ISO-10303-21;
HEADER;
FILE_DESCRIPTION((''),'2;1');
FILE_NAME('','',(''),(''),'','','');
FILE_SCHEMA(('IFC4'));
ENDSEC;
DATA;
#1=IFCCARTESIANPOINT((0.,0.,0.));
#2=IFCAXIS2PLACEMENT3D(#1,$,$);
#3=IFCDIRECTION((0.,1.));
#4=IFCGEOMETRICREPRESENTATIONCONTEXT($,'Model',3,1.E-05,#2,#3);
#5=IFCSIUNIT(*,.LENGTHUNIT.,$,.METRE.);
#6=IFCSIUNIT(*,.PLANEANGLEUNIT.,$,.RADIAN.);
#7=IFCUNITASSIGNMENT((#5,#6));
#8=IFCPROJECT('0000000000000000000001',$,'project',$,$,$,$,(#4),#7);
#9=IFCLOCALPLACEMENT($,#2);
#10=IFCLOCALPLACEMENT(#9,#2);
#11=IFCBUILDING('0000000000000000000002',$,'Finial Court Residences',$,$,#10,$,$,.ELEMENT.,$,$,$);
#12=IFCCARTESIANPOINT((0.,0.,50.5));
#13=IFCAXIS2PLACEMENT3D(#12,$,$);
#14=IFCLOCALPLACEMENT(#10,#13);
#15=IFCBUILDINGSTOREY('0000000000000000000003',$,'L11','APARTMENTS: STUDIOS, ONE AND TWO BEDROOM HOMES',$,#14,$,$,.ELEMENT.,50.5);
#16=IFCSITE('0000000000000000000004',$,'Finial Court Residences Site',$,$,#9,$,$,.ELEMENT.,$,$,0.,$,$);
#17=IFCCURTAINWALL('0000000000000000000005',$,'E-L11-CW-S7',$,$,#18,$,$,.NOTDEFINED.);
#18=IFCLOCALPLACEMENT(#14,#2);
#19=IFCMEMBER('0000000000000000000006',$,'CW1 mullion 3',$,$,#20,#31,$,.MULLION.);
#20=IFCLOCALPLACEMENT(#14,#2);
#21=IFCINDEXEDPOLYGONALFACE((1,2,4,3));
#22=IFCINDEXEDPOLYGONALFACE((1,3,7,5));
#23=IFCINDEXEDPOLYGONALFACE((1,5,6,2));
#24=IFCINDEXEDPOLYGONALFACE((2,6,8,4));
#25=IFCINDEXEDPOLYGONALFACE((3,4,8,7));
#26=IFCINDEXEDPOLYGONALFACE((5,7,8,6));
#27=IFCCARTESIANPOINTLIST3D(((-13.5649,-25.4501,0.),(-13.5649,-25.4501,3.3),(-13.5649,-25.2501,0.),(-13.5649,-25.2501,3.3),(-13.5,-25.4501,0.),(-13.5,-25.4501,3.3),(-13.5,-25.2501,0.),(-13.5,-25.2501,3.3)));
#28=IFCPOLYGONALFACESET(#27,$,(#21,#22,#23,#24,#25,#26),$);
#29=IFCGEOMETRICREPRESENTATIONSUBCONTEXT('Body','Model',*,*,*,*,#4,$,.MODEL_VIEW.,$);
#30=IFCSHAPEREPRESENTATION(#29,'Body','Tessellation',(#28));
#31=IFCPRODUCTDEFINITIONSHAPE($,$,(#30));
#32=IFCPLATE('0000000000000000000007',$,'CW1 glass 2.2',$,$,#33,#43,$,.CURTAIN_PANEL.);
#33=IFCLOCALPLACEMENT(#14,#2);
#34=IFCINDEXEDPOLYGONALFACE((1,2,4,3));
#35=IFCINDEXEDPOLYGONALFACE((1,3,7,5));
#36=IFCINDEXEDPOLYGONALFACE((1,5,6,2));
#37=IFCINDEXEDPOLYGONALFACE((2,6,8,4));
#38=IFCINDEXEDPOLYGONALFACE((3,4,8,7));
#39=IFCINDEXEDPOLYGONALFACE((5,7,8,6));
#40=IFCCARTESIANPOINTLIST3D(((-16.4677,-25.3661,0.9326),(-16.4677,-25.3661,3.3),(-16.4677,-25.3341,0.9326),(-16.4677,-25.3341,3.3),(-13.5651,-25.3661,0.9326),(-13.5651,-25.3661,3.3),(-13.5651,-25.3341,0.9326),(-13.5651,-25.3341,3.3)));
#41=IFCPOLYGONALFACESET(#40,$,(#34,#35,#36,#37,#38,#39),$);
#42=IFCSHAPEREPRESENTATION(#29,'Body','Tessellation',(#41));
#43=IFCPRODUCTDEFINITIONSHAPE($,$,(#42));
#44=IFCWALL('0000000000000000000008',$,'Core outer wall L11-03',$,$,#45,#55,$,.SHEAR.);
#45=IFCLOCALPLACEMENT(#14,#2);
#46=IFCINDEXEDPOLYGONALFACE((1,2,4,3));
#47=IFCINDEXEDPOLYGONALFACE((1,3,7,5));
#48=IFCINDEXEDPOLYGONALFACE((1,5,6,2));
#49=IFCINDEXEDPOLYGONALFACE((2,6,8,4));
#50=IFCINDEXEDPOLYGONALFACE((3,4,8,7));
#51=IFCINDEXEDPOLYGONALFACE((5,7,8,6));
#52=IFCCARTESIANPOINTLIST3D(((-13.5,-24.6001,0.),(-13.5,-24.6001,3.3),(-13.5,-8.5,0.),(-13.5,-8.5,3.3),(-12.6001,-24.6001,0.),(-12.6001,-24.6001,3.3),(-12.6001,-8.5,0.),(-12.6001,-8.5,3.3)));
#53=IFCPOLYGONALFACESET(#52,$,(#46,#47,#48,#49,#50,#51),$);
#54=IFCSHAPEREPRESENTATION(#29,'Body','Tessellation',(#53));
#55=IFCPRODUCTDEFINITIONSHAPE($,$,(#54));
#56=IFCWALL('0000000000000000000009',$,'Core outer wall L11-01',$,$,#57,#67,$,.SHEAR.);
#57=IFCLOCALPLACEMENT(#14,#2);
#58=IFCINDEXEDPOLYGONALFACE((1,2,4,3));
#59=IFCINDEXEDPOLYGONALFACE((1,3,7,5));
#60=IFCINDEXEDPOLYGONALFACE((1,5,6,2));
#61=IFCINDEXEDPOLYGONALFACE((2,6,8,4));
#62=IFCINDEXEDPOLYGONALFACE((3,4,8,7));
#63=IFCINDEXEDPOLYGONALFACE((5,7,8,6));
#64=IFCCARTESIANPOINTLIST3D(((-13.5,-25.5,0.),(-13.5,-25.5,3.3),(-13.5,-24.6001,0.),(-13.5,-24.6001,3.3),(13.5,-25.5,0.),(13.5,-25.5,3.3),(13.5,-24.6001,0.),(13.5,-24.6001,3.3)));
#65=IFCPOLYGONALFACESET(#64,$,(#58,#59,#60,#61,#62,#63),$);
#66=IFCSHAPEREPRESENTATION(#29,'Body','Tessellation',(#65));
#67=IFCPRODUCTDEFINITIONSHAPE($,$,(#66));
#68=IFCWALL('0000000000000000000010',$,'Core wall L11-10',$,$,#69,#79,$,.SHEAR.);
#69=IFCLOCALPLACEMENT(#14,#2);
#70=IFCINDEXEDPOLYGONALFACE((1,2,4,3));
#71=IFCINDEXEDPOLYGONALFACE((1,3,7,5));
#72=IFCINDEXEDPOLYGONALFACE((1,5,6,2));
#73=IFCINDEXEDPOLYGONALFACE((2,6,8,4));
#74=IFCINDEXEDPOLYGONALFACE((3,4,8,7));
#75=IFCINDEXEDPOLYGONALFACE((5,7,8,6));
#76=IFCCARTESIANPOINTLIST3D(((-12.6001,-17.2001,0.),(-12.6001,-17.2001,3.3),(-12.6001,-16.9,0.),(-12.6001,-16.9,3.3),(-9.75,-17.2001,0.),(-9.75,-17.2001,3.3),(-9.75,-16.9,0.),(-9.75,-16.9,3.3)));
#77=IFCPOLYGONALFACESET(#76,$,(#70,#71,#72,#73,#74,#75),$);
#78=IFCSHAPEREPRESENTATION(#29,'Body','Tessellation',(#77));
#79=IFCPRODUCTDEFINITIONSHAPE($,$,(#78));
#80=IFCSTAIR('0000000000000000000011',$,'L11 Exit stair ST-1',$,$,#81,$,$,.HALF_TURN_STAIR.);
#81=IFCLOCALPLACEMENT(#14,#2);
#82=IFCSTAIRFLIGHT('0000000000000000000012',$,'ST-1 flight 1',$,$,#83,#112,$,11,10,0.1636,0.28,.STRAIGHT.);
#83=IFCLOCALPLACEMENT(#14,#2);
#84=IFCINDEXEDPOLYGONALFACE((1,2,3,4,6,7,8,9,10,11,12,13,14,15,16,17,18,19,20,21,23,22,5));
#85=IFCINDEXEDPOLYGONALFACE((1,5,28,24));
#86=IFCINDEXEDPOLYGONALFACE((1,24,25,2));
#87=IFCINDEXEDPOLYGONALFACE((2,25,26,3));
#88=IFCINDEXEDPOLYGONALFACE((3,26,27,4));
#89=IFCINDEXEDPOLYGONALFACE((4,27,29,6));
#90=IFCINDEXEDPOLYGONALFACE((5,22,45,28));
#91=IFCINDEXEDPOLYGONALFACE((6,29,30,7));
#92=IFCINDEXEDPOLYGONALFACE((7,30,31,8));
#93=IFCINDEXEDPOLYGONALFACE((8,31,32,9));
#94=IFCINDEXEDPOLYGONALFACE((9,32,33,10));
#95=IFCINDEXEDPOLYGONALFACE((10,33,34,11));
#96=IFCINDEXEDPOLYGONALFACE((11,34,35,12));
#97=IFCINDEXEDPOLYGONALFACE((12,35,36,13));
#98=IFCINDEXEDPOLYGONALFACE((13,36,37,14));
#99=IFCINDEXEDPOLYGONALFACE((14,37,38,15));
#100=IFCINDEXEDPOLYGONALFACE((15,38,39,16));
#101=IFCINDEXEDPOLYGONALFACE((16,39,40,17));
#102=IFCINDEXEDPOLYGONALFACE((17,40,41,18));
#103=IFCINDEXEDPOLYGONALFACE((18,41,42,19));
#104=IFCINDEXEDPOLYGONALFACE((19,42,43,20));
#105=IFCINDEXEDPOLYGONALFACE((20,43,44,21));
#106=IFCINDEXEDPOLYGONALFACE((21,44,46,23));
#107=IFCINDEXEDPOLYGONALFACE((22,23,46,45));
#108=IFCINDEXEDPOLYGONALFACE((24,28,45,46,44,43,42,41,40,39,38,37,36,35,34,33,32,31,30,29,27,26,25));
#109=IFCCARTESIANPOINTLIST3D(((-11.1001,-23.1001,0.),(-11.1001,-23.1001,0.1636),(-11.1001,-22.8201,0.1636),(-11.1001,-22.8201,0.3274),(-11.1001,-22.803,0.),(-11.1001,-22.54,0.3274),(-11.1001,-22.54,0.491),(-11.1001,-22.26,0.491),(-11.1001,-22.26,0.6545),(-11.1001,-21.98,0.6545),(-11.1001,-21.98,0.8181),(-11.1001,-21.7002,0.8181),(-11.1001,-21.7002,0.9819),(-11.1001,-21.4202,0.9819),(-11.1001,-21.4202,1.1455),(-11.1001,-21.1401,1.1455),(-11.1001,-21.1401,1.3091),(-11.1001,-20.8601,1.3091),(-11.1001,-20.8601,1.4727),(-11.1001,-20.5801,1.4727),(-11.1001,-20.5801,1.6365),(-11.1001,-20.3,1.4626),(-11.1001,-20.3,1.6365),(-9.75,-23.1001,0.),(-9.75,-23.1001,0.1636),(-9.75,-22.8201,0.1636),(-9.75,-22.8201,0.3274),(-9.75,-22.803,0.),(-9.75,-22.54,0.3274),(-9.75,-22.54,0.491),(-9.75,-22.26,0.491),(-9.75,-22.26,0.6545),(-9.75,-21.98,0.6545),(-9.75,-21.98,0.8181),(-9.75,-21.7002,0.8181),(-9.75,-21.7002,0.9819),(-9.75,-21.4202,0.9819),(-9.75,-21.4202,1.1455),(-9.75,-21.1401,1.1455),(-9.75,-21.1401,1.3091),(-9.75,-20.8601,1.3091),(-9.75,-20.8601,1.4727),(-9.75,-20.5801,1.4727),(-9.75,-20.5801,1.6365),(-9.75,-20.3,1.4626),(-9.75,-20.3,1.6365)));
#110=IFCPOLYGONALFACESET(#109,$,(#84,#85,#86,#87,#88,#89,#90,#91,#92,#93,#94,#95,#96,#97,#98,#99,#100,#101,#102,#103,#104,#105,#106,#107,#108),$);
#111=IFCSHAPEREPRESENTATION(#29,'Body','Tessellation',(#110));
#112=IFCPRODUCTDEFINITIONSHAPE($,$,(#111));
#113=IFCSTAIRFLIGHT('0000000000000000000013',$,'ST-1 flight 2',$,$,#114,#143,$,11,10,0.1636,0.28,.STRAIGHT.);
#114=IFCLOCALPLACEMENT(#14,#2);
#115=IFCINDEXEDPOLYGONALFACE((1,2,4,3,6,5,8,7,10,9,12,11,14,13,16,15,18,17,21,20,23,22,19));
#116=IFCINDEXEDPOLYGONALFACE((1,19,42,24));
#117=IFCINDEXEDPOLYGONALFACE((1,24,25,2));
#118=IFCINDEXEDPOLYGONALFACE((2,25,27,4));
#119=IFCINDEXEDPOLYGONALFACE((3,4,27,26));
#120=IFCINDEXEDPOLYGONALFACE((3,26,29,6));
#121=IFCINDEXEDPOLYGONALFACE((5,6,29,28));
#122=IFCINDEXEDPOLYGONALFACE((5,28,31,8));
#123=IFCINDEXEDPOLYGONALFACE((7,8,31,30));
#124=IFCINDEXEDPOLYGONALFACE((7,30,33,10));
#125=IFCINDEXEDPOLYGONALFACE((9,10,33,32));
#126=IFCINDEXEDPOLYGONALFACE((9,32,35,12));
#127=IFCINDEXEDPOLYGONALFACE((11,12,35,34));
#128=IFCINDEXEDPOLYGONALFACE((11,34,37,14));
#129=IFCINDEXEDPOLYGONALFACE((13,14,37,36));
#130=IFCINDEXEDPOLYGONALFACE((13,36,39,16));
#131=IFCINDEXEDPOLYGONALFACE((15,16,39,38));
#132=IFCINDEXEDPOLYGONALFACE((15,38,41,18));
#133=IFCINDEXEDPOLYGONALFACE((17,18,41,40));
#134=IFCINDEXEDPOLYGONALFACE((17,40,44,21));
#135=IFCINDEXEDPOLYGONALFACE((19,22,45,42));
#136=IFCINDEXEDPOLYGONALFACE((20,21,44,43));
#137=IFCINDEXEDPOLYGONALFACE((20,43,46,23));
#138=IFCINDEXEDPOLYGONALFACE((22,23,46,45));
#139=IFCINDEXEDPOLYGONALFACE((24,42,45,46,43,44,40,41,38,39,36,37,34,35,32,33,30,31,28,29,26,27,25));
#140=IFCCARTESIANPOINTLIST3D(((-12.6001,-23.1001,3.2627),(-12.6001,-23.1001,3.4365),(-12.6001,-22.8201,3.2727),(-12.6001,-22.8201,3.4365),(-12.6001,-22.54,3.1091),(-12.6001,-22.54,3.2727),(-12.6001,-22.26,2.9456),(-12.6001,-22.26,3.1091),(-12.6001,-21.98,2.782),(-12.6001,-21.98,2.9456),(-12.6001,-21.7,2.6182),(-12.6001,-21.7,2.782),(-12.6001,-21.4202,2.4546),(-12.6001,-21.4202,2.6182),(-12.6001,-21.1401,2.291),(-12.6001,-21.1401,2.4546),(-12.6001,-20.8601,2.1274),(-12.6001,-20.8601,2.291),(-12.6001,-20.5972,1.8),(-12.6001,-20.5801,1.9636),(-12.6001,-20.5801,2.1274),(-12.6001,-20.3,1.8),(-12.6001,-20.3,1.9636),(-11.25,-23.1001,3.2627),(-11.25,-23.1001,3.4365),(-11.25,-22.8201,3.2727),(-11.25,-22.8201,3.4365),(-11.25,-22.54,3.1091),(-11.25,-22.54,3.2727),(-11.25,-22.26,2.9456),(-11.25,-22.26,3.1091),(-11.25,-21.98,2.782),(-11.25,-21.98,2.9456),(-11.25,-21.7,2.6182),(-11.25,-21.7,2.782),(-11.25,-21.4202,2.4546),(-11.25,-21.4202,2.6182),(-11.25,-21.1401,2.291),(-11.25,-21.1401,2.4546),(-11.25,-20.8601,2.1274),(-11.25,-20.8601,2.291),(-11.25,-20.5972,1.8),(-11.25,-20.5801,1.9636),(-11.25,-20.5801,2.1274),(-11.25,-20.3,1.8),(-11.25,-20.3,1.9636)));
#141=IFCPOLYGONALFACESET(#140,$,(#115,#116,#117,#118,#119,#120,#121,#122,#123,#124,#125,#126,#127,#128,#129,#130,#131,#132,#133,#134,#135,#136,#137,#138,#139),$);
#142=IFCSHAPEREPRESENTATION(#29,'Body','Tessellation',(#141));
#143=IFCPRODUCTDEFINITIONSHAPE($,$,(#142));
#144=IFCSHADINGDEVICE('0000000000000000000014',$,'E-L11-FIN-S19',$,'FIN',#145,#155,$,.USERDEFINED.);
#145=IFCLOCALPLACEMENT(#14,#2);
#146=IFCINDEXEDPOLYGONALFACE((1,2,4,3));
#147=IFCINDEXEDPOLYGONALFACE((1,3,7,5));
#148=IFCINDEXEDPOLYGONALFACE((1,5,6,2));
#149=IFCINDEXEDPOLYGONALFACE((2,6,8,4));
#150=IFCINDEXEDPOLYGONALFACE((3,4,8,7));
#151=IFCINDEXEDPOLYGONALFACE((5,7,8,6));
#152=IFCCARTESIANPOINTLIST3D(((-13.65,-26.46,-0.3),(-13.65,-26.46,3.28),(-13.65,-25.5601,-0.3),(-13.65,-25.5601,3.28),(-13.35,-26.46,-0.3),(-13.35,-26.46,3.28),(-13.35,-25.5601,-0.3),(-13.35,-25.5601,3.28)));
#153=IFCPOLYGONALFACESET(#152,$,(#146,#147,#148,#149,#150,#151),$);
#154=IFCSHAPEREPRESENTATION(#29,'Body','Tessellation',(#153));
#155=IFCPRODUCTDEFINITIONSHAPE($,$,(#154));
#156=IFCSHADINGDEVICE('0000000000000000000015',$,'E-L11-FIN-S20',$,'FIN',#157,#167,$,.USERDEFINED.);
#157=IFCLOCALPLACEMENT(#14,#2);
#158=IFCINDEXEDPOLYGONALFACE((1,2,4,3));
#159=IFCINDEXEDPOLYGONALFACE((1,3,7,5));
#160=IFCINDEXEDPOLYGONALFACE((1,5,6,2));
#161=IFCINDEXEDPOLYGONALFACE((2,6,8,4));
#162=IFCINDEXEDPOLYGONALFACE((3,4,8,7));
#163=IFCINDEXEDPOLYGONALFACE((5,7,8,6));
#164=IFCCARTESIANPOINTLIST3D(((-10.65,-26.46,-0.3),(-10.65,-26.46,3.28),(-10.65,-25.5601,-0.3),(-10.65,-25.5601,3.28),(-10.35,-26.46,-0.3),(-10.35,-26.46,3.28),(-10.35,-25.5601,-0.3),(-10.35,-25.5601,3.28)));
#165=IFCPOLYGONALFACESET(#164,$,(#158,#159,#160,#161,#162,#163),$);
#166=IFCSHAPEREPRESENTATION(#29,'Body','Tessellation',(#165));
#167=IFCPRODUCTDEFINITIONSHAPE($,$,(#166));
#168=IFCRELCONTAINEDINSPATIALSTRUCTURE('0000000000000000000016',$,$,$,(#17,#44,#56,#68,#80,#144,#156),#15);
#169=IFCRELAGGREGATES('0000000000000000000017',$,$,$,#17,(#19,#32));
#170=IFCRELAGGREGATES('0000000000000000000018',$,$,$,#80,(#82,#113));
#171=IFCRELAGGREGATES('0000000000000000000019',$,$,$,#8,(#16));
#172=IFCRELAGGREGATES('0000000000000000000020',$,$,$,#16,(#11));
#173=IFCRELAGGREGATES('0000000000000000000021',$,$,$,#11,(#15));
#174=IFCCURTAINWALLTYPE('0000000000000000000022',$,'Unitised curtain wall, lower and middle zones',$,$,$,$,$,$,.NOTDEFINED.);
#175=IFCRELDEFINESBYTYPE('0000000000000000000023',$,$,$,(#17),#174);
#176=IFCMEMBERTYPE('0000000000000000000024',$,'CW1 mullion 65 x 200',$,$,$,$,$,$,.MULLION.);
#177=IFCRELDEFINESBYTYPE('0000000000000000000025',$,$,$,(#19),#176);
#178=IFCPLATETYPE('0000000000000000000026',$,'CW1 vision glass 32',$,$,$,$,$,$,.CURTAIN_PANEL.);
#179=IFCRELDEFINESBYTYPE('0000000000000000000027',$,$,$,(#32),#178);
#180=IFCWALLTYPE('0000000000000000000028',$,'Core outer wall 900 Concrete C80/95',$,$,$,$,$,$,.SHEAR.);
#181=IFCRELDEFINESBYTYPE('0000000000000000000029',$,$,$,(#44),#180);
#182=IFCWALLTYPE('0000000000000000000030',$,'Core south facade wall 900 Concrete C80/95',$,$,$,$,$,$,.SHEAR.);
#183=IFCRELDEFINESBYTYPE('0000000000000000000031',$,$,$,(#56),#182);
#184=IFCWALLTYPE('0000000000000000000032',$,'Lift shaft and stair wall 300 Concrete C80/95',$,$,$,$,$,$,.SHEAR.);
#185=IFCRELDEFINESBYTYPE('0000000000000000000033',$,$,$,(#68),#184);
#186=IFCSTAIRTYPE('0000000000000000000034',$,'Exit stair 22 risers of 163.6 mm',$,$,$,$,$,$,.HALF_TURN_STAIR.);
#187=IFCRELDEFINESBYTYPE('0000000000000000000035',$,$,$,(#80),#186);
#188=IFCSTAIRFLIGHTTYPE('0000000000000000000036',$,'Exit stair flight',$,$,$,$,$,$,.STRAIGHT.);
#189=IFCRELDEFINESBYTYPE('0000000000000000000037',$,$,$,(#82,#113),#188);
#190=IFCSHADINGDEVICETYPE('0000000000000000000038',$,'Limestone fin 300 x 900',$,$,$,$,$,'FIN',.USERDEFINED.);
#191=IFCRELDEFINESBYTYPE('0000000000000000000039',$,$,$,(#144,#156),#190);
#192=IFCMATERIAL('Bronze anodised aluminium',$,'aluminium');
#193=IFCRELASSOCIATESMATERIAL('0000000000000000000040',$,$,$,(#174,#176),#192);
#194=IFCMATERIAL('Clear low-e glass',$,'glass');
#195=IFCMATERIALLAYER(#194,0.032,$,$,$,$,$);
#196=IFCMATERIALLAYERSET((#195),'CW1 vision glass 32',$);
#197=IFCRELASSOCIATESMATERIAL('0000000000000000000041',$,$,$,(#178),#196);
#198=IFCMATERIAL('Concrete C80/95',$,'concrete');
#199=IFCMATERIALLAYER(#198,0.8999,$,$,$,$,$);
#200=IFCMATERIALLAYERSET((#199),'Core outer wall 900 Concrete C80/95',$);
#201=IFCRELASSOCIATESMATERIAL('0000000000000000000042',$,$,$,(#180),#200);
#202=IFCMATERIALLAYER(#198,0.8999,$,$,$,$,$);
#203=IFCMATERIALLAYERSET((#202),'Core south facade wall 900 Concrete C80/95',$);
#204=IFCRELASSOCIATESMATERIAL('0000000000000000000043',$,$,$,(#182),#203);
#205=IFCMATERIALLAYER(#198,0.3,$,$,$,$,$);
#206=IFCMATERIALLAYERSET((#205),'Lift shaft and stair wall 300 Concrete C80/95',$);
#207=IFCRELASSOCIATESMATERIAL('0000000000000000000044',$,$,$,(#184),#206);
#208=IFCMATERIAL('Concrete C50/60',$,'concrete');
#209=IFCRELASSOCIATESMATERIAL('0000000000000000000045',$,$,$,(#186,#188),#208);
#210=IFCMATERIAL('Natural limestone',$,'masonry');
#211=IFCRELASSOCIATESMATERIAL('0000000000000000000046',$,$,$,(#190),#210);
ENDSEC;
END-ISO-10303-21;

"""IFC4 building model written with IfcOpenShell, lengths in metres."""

from ifc_helpers import new_model, si_unit, direction, frame, frame_2d, origin, origin_2d, place, context, subcontext, project, spatial, polyline, rectangle, outline, extrude, material, layer, layer_set, material_profile, profile_set, type_object, element, aggregate, save


model = new_model("IFC4")

# Units and contexts
model_context = context("Model", 3, precision=1e-05, world=origin(), true_north=direction((0.0, 1.0)))
body_context = subcontext(model_context, "Body", "Model", "MODEL_VIEW")
ifc_project = project(units=[si_unit("LENGTHUNIT", "METRE"), si_unit("PLANEANGLEUNIT", "RADIAN")], contexts=[model_context])

# Site, building, storey
site_placement = place(None, origin())
site = spatial("IfcSite", under=ifc_project, at=site_placement, Name="Finial Court Residences Site", CompositionType="ELEMENT", RefElevation=0.0)
building_placement = place(site_placement, origin())
building = spatial("IfcBuilding", under=site, at=building_placement, Name="Finial Court Residences", CompositionType="ELEMENT")
storey_placement = place(building_placement, frame((0.0, 0.0, 50.5)))
storey = spatial("IfcBuildingStorey", under=building, at=storey_placement, Name="L11", Description="APARTMENTS: STUDIOS, ONE AND TWO BEDROOM HOMES", CompositionType="ELEMENT", Elevation=50.5)

# Curtain wall, member, plate
ifc_material_1 = material(Name="Bronze anodised aluminium", Category="aluminium")
curtain_wall_type = type_object("IfcCurtainWallType", Name="Unitised curtain wall, lower and middle zones", PredefinedType="NOTDEFINED", material=ifc_material_1)
curtain_wall_placement = place(storey_placement, origin())
curtain_wall = element("IfcCurtainWall", 1, at=curtain_wall_placement, inside=storey, type_object=curtain_wall_type, Name="E-L11-CW-S7", PredefinedType="NOTDEFINED")
ifc_material_profile = material_profile(ifc_material_1, rectangle(XDim=0.2, YDim=0.0649, at=origin_2d()), Name="CW1 mullion 65 x 200")
ifc_profile_set = profile_set([ifc_material_profile], Name="Bronze anodised aluminium")
member_type = type_object("IfcMemberType", Name="CW1 mullion 65 x 200", PredefinedType="MULLION", material=ifc_profile_set)
member_placement = place(storey_placement, frame((-13.5325, -25.3501, 0.0), z_axis=(0.0, 0.0, 1.0), x_axis=(0.0, 1.0, 0.0)))
member = element("IfcMember", 2, at=member_placement, type_object=member_type, Name="CW1 mullion 3", PredefinedType="MULLION", context=body_context, shape_type="SweptSolid", body=[
    extrude(rectangle(XDim=0.2, YDim=0.0649, at=origin_2d()), origin(), (0.0, 0.0, 1.0), 3.3),
])
ifc_material_2 = material(Name="Clear low-e glass", Category="glass")
ifc_layer_1 = layer(ifc_material_2, 0.032)
ifc_layer_set_1 = layer_set([ifc_layer_1], Name="CW1 vision glass 32")
plate_type = type_object("IfcPlateType", Name="CW1 vision glass 32", PredefinedType="CURTAIN_PANEL", material=ifc_layer_set_1)
plate_placement = place(storey_placement, frame((-15.0164, -25.3501, 0.9326), z_axis=(0.0, 0.0, 1.0), x_axis=(1.0, 0.0, 0.0)))
plate = element("IfcPlate", 3, at=plate_placement, type_object=plate_type, Name="CW1 glass 2.2", PredefinedType="CURTAIN_PANEL", context=body_context, shape_type="SweptSolid", body=[
    extrude(rectangle(XDim=2.9026, YDim=0.032, at=origin_2d()), origin(), (0.0, 0.0, 1.0), 2.3674),
])
aggregate(curtain_wall, [member, plate])

# Walls
ifc_material_3 = material(Name="Concrete C80/95", Category="concrete")
ifc_layer_2 = layer(ifc_material_3, 0.8999)
ifc_layer_set_2 = layer_set([ifc_layer_2], Name="Core outer wall 900 Concrete C80/95")
wall_type_1 = type_object("IfcWallType", Name="Core outer wall 900 Concrete C80/95", PredefinedType="SHEAR", material=ifc_layer_set_2)
wall_1_placement = place(storey_placement, frame((-13.05, -24.6001, 0.0), z_axis=(0.0, 0.0, 1.0), x_axis=(0.0, 1.0, 0.0)))
element("IfcWall", 4, at=wall_1_placement, inside=storey, type_object=wall_type_1, Name="Core outer wall L11-03", PredefinedType="SHEAR", context=body_context, shape_type="SweptSolid", body=[
    extrude(rectangle(XDim=16.1001, YDim=0.8999, at=frame_2d((8.05, 0.0))), origin(), (0.0, 0.0, 1.0), 3.3),
])
ifc_layer_3 = layer(ifc_material_3, 0.8999)
ifc_layer_set_3 = layer_set([ifc_layer_3], Name="Core south facade wall 900 Concrete C80/95")
wall_type_2 = type_object("IfcWallType", Name="Core south facade wall 900 Concrete C80/95", PredefinedType="SHEAR", material=ifc_layer_set_3)
wall_2_placement = place(storey_placement, frame((-13.5, -25.05, 0.0), z_axis=(0.0, 0.0, 1.0), x_axis=(1.0, 0.0, 0.0)))
element("IfcWall", 5, at=wall_2_placement, inside=storey, type_object=wall_type_2, Name="Core outer wall L11-01", PredefinedType="SHEAR", context=body_context, shape_type="SweptSolid", body=[
    extrude(rectangle(XDim=27.0, YDim=0.8999, at=frame_2d((13.5, 0.0))), origin(), (0.0, 0.0, 1.0), 3.3),
])
ifc_layer_4 = layer(ifc_material_3, 0.3)
ifc_layer_set_4 = layer_set([ifc_layer_4], Name="Lift shaft and stair wall 300 Concrete C80/95")
wall_type_3 = type_object("IfcWallType", Name="Lift shaft and stair wall 300 Concrete C80/95", PredefinedType="SHEAR", material=ifc_layer_set_4)
wall_3_placement = place(storey_placement, frame((-12.6001, -17.05, 0.0), z_axis=(0.0, 0.0, 1.0), x_axis=(1.0, 0.0, 0.0)))
element("IfcWall", 6, at=wall_3_placement, inside=storey, type_object=wall_type_3, Name="Core wall L11-10", PredefinedType="SHEAR", context=body_context, shape_type="SweptSolid", body=[
    extrude(rectangle(XDim=2.8501, YDim=0.3, at=frame_2d((1.425, 0.0))), origin(), (0.0, 0.0, 1.0), 3.3),
])

# Stair, stair flights
ifc_material_4 = material(Name="Concrete C50/60", Category="concrete")
stair_type = type_object("IfcStairType", Name="Exit stair 22 risers of 163.6 mm", PredefinedType="HALF_TURN_STAIR", material=ifc_material_4)
stair_placement = place(storey_placement, origin())
stair = element("IfcStair", 7, at=stair_placement, inside=storey, type_object=stair_type, Name="L11 Exit stair ST-1", PredefinedType="HALF_TURN_STAIR")
stair_flight_type = type_object("IfcStairFlightType", Name="Exit stair flight", PredefinedType="STRAIGHT", material=ifc_material_4)
stair_flight_1_placement = place(storey_placement, frame((-10.425, -23.1001, 0.0), z_axis=(0.0, 0.0, 1.0), x_axis=(0.0, 1.0, 0.0)))
stair_flight_1 = element("IfcStairFlight", 8, at=stair_flight_1_placement, type_object=stair_flight_type, Name="ST-1 flight 1", NumberOfRisers=11, NumberOfTreads=10, PredefinedType="STRAIGHT", RiserHeight=0.1636, TreadLength=0.28, context=body_context, shape_type="SweptSolid", body=[
    extrude(outline(polyline([(0.0, 0.0), (0.0, 0.1636), (0.28, 0.1636), (0.28, 0.3274), (0.5601, 0.3274), (0.5601, 0.491), (0.8401, 0.491), (0.8401, 0.6545), (1.1201, 0.6545), (1.1201, 0.8181), (1.3999, 0.8181), (1.3999, 0.9819), (1.6799, 0.9819), (1.6799, 1.1455), (1.96, 1.1455), (1.96, 1.3091), (2.24, 1.3091), (2.24, 1.4727), (2.52, 1.4727), (2.52, 1.6365), (2.8, 1.6365), (2.8, 1.8), (2.8, 1.4626), (0.2971, 0.0), (0.0, 0.0)])), frame((0.0, 0.675, 0.0), z_axis=(0.0, -1.0, 0.0), x_axis=(1.0, 0.0, 0.0)), (0.0, 0.0, 1.0), 1.3501),
])
stair_flight_2_placement = place(storey_placement, frame((-11.925, -20.3, 1.8), z_axis=(0.0, 0.0, 1.0), x_axis=(0.0, -1.0, 0.0)))
stair_flight_2 = element("IfcStairFlight", 9, at=stair_flight_2_placement, type_object=stair_flight_type, Name="ST-1 flight 2", NumberOfRisers=11, NumberOfTreads=10, PredefinedType="STRAIGHT", RiserHeight=0.1636, TreadLength=0.28, context=body_context, shape_type="SweptSolid", body=[
    extrude(outline(polyline([(0.0, 0.0), (0.0, 0.1636), (0.28, 0.1636), (0.28, 0.3274), (0.5601, 0.3274), (0.5601, 0.491), (0.8401, 0.491), (0.8401, 0.6545), (1.1201, 0.6545), (1.1201, 0.8181), (1.3999, 0.8181), (1.3999, 0.9819), (1.6799, 0.9819), (1.6799, 1.1455), (1.96, 1.1455), (1.96, 1.3091), (2.24, 1.3091), (2.24, 1.4727), (2.52, 1.4727), (2.52, 1.6365), (2.8, 1.6365), (2.8, 1.8), (2.8, 1.4626), (0.2971, 0.0), (0.0, 0.0)])), frame((0.0, 0.675, 0.0), z_axis=(0.0, -1.0, 0.0), x_axis=(1.0, 0.0, 0.0)), (0.0, 0.0, 1.0), 1.3501),
])
aggregate(stair, [stair_flight_1, stair_flight_2])

# Shading devices
ifc_material_5 = material(Name="Natural limestone", Category="masonry")
shading_device_type = type_object("IfcShadingDeviceType", Name="Limestone fin 300 x 900", ElementType="FIN", PredefinedType="USERDEFINED", material=ifc_material_5)
for number, where, z_axis, x_axis, name in (
    (10, (-13.5, -26.01, -0.3), (0.0, 0.0, 1.0), (1.0, 0.0, 0.0), "E-L11-FIN-S19"),
    (11, (-10.5, -26.01, -0.3), (0.0, 0.0, 1.0), (1.0, 0.0, 0.0), "E-L11-FIN-S20"),
):
    element("IfcShadingDevice", number, at=place(storey_placement, frame(where, z_axis=z_axis, x_axis=x_axis)), inside=storey, type_object=shading_device_type, Name=name, ObjectType="FIN", PredefinedType="USERDEFINED", context=body_context, shape_type="SweptSolid", body=[
        extrude(rectangle(XDim=0.3, YDim=0.8999, at=origin_2d()), origin(), (0.0, 0.0, 1.0), 3.5801),
    ])

save(model, "model.ifc")
